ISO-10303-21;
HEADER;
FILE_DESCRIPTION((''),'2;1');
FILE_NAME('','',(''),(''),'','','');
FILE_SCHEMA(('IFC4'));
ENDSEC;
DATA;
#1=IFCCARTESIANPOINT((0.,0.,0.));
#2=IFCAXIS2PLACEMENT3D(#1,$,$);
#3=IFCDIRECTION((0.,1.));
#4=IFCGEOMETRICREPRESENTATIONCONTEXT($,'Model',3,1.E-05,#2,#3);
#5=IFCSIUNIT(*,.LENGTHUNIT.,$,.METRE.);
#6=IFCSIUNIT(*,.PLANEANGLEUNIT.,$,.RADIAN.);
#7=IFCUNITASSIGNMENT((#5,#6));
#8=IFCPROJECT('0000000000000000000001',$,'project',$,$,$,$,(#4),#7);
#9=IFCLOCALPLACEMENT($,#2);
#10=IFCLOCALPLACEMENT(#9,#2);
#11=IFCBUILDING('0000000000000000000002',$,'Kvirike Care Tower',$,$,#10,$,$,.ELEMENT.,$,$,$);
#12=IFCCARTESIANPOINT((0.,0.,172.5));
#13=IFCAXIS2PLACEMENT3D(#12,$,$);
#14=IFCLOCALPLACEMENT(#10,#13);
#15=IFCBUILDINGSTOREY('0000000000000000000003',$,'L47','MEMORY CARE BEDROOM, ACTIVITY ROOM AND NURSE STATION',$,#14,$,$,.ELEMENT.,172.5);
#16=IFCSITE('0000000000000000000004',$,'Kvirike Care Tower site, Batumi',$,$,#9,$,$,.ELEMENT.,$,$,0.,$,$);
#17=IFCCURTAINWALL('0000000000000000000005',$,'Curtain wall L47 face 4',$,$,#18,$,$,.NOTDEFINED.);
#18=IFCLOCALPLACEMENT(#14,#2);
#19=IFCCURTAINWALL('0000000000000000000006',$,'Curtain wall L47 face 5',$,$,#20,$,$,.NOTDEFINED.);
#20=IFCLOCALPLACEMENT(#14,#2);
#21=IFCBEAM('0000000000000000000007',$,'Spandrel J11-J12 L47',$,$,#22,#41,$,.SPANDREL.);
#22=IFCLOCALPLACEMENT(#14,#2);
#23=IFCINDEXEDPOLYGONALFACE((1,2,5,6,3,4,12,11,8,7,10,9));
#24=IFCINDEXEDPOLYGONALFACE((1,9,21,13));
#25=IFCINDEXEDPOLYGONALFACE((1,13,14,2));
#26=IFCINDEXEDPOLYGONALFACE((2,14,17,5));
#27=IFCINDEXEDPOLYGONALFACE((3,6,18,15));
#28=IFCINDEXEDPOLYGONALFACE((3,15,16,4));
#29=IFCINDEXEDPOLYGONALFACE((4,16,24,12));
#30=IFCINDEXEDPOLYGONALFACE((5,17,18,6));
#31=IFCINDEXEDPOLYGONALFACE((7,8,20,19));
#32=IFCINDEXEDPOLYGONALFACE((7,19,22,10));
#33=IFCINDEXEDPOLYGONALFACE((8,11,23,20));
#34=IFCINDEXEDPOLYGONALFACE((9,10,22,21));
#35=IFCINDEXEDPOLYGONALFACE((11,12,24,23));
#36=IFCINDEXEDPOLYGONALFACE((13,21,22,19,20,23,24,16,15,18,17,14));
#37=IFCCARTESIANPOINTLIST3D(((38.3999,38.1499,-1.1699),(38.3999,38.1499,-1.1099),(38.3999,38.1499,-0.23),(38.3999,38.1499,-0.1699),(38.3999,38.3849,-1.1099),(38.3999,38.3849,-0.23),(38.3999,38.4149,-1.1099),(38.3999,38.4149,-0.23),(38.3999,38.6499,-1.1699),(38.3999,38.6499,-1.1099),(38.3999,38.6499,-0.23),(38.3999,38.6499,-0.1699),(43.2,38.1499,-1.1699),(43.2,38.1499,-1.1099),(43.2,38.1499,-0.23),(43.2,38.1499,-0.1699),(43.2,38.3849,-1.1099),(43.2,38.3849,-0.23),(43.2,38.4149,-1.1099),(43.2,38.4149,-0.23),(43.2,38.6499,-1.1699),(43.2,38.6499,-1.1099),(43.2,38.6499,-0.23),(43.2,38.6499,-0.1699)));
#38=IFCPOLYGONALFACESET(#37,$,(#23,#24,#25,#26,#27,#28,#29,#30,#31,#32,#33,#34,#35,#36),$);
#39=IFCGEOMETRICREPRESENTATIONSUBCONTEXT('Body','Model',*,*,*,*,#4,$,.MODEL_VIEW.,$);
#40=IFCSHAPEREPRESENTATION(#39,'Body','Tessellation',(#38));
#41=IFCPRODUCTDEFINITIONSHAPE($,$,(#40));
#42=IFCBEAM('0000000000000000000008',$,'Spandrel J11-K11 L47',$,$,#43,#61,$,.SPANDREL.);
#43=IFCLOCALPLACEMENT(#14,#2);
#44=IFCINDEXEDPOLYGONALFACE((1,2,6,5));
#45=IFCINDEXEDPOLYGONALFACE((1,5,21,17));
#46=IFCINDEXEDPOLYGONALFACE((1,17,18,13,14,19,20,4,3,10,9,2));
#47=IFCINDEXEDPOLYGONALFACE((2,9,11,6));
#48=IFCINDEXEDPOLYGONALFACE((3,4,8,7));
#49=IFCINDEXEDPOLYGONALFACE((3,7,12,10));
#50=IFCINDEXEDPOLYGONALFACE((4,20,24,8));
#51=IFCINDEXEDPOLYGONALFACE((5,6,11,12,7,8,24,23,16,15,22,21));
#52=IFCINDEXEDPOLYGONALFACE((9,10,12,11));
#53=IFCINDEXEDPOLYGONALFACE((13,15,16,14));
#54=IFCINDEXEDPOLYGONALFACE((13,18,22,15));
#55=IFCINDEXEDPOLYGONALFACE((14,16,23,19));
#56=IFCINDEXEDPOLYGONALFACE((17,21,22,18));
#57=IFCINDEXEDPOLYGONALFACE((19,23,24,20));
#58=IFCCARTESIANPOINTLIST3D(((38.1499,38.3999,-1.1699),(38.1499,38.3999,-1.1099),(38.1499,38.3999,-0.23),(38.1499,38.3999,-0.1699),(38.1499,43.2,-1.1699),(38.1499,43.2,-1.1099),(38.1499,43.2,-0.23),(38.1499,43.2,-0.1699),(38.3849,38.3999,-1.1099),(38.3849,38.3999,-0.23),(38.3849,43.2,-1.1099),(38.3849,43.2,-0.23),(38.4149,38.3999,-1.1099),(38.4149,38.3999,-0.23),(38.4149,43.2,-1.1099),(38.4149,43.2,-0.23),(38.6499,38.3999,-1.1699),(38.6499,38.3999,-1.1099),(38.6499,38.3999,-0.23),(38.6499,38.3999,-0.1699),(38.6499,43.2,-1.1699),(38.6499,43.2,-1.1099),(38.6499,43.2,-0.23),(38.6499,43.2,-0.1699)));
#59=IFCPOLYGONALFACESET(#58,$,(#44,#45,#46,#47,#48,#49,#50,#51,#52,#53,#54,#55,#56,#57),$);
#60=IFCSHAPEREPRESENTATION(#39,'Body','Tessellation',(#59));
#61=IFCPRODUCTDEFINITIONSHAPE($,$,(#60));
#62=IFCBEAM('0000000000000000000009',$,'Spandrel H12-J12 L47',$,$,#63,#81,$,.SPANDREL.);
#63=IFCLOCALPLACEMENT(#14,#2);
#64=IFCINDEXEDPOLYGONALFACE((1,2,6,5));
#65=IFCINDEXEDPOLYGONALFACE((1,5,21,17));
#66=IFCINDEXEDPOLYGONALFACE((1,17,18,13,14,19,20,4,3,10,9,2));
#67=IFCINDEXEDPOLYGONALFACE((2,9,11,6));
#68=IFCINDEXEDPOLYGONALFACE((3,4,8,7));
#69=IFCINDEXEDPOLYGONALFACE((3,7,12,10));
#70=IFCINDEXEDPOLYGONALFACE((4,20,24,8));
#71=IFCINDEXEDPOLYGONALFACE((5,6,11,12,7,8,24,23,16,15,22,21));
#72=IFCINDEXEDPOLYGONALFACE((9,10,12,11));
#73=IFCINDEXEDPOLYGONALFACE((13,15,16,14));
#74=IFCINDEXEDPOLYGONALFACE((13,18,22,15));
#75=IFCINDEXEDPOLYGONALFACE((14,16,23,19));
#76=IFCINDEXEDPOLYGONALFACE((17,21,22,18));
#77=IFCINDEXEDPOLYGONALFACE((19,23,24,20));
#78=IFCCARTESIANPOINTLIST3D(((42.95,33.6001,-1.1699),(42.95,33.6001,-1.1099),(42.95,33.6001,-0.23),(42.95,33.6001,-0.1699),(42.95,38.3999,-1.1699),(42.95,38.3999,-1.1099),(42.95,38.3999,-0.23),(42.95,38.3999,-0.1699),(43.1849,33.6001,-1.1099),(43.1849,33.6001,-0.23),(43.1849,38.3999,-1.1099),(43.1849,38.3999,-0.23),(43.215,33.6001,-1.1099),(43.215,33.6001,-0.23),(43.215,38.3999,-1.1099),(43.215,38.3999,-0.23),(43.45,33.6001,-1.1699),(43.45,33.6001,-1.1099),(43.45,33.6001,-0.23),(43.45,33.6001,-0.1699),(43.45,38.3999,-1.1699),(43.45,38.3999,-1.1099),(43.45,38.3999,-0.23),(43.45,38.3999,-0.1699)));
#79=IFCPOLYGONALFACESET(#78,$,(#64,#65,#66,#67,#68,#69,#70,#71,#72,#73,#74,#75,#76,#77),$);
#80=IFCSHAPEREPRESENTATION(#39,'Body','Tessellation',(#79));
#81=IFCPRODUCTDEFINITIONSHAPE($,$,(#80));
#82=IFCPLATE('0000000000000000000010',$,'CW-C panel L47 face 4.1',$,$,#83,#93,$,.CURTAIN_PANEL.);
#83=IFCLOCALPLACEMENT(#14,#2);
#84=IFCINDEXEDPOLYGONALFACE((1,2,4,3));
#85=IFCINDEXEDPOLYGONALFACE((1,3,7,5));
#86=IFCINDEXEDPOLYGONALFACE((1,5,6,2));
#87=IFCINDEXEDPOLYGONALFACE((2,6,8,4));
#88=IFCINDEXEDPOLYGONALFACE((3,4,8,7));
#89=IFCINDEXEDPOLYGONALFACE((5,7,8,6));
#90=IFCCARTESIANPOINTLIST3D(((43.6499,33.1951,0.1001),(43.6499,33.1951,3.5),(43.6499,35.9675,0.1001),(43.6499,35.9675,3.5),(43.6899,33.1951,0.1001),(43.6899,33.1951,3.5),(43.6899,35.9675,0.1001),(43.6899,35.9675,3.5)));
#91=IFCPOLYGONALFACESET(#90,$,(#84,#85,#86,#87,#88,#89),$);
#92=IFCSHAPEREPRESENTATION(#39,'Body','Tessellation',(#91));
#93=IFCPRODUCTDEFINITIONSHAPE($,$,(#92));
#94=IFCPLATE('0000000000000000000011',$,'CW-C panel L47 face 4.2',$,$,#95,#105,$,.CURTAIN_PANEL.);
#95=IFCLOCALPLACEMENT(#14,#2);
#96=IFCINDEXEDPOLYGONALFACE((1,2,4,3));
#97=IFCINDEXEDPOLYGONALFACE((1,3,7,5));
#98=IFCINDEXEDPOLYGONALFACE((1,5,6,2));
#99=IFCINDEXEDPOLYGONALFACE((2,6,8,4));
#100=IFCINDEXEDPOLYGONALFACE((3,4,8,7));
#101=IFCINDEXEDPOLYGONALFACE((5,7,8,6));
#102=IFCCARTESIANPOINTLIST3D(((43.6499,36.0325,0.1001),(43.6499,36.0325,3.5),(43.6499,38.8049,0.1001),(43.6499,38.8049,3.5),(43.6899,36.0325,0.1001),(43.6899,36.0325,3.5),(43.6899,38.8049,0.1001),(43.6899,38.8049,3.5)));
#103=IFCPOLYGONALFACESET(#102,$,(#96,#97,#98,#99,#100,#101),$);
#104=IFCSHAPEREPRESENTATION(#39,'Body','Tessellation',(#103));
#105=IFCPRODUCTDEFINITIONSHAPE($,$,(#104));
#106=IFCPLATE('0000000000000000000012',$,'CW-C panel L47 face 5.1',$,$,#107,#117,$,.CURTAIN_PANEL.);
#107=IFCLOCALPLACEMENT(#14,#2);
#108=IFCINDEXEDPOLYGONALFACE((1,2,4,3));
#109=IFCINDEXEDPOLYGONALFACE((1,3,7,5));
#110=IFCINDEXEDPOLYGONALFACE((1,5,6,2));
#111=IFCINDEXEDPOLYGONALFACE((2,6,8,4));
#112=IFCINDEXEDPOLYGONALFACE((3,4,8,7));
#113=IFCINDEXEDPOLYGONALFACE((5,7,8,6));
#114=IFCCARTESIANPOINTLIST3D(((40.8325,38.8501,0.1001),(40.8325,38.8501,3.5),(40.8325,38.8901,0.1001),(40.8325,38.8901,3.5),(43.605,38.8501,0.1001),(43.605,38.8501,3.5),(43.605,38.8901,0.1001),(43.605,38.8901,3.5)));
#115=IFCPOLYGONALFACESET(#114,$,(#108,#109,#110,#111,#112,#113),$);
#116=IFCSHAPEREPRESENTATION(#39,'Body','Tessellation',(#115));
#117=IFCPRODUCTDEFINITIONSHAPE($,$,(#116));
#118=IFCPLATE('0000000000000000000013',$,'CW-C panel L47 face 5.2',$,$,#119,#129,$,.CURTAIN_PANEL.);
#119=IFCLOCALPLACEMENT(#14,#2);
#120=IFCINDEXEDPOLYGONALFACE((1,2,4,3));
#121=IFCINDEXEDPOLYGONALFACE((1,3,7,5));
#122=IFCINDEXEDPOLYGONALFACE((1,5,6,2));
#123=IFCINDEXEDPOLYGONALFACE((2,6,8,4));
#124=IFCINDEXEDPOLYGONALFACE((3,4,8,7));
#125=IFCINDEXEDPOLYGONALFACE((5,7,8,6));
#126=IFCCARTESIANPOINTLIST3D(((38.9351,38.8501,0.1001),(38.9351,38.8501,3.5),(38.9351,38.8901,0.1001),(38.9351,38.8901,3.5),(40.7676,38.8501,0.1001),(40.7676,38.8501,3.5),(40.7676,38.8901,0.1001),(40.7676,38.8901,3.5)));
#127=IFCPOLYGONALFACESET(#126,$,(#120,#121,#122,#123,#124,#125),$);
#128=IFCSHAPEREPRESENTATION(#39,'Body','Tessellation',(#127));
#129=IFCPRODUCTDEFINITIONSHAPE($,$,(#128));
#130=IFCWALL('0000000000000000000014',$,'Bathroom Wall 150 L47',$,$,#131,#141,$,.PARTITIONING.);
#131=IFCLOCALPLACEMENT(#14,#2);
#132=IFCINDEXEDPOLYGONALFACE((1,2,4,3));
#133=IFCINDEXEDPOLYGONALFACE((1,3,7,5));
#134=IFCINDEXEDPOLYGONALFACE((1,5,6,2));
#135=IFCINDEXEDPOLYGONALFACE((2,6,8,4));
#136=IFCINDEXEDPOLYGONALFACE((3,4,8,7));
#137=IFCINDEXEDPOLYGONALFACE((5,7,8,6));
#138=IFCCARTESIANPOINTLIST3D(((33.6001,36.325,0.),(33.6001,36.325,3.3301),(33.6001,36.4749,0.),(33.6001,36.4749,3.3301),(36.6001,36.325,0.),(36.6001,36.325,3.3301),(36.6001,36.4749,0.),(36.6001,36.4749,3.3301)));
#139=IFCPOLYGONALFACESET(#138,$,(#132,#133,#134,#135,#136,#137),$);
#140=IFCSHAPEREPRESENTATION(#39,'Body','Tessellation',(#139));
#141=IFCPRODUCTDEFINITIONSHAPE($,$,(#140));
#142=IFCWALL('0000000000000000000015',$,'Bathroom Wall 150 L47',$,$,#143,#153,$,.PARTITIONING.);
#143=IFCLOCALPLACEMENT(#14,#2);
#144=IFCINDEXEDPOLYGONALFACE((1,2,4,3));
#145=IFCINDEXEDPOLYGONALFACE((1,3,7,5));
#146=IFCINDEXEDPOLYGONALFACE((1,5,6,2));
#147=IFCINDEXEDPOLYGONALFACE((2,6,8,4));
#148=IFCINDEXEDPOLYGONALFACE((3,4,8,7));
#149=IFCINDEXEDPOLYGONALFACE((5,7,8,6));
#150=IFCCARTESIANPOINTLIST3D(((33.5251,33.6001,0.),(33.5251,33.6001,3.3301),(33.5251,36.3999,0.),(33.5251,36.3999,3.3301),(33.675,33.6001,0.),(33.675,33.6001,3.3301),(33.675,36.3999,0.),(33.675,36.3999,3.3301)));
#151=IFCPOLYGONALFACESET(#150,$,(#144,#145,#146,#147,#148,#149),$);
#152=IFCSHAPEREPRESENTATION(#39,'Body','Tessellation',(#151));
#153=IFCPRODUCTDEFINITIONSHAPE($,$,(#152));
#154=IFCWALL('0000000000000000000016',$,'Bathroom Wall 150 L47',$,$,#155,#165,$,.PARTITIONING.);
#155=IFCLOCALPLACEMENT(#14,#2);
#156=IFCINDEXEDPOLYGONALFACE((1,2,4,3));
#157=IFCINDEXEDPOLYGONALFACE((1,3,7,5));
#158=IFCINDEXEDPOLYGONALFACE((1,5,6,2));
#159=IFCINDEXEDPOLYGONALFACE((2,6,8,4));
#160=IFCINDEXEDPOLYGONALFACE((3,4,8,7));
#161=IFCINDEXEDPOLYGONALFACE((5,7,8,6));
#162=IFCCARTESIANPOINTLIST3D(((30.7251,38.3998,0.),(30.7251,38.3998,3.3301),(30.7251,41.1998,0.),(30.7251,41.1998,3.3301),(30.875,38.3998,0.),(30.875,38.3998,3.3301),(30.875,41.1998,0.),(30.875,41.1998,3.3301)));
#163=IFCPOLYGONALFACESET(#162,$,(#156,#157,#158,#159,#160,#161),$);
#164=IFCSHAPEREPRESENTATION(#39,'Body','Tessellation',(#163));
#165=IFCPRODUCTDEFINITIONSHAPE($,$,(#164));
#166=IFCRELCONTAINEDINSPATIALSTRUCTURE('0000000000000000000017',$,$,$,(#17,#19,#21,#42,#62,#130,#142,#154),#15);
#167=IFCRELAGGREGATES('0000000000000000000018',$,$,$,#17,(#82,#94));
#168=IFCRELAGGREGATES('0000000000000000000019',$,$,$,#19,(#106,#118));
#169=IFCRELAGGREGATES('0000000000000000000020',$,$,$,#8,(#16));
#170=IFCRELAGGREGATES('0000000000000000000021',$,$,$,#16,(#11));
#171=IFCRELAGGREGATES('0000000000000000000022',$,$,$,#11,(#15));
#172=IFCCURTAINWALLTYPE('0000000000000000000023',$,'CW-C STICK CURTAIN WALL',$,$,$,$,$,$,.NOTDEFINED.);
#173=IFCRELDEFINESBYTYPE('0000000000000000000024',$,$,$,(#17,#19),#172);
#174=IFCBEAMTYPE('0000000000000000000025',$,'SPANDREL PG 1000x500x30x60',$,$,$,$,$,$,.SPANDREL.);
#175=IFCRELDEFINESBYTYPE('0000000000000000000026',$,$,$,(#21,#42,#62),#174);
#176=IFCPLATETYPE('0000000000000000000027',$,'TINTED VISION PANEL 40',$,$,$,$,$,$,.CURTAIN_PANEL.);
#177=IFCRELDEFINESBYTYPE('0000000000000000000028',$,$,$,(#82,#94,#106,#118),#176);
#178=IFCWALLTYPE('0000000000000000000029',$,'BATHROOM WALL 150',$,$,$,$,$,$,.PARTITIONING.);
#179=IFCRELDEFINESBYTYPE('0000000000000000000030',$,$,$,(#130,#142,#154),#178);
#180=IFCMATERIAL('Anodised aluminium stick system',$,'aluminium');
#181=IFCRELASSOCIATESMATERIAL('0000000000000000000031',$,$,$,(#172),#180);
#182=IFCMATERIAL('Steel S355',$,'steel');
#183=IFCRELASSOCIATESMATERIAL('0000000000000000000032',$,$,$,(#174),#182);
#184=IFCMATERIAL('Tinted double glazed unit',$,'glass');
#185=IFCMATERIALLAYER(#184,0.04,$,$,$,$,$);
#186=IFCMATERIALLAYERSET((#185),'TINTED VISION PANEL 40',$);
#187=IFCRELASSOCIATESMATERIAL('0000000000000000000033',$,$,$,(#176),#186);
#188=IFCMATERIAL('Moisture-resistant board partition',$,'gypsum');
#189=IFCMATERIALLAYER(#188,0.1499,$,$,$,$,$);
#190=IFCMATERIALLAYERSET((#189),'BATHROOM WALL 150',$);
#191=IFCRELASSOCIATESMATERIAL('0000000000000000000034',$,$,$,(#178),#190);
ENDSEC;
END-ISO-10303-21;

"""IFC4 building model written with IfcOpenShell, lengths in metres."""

from ifc_helpers import new_model, si_unit, direction, frame, frame_2d, origin, origin_2d, place, context, subcontext, project, spatial, rectangle, i_section, extrude, material, layer, layer_set, material_profile, profile_set, type_object, element, aggregate, save


model = new_model("IFC4")

# Units and contexts
model_context = context("Model", 3, precision=1e-05, world=origin(), true_north=direction((0.0, 1.0)))
body_context = subcontext(model_context, "Body", "Model", "MODEL_VIEW")
ifc_project = project(units=[si_unit("LENGTHUNIT", "METRE"), si_unit("PLANEANGLEUNIT", "RADIAN")], contexts=[model_context])

# Site, building, storey
site_placement = place(None, origin())
site = spatial("IfcSite", under=ifc_project, at=site_placement, Name="Kvirike Care Tower site, Batumi", CompositionType="ELEMENT", RefElevation=0.0)
building_placement = place(site_placement, origin())
building = spatial("IfcBuilding", under=site, at=building_placement, Name="Kvirike Care Tower", CompositionType="ELEMENT")
storey_placement = place(building_placement, frame((0.0, 0.0, 172.5)))
storey = spatial("IfcBuildingStorey", under=building, at=storey_placement, Name="L47", Description="MEMORY CARE BEDROOM, ACTIVITY ROOM AND NURSE STATION", CompositionType="ELEMENT", Elevation=172.5)

# Curtain walls
ifc_material_1 = material(Name="Anodised aluminium stick system", Category="aluminium")
curtain_wall_type = type_object("IfcCurtainWallType", Name="CW-C STICK CURTAIN WALL", PredefinedType="NOTDEFINED", material=ifc_material_1)
curtain_wall_1_placement = place(storey_placement, origin())
curtain_wall_1 = element("IfcCurtainWall", 1, at=curtain_wall_1_placement, inside=storey, type_object=curtain_wall_type, Name="Curtain wall L47 face 4", PredefinedType="NOTDEFINED")
curtain_wall_2_placement = place(storey_placement, origin())
curtain_wall_2 = element("IfcCurtainWall", 2, at=curtain_wall_2_placement, inside=storey, type_object=curtain_wall_type, Name="Curtain wall L47 face 5", PredefinedType="NOTDEFINED")

# Beams
ifc_material_2 = material(Name="Steel S355", Category="steel")
ifc_material_profile_1 = material_profile(ifc_material_2, i_section(OverallWidth=0.5, OverallDepth=1.0, WebThickness=0.03, FlangeThickness=0.0601, at=origin_2d()), Name="PG 1000x500x30x60")
ifc_profile_set_1 = profile_set([ifc_material_profile_1], Name="Steel S355")
beam_type = type_object("IfcBeamType", Name="SPANDREL PG 1000x500x30x60", PredefinedType="SPANDREL", material=ifc_profile_set_1)
for number, where, z_axis, x_axis, name in (
    (3, (38.3999, 38.3999, -0.6699), (1.0, 0.0, 0.0), (0.0, 1.0, 0.0), "Spandrel J11-J12 L47"),
    (4, (38.3999, 38.3999, -0.6699), (0.0, 1.0, 0.0), (-1.0, 0.0, 0.0), "Spandrel J11-K11 L47"),
):
    element("IfcBeam", number, at=place(storey_placement, frame(where, z_axis=z_axis, x_axis=x_axis)), inside=storey, type_object=beam_type, Name=name, PredefinedType="SPANDREL", context=body_context, shape_type="SweptSolid", body=[
        extrude(i_section(OverallWidth=0.5, OverallDepth=1.0, WebThickness=0.03, FlangeThickness=0.0601, at=origin_2d()), origin(), (0.0, 0.0, 1.0), 4.8),
    ])
beam_placement = place(storey_placement, frame((43.2, 33.6001, -0.6699), z_axis=(0.0, 1.0, 0.0), x_axis=(-1.0, 0.0, 0.0)))
element("IfcBeam", 5, at=beam_placement, inside=storey, type_object=beam_type, Name="Spandrel H12-J12 L47", PredefinedType="SPANDREL", context=body_context, shape_type="SweptSolid", body=[
    extrude(i_section(OverallWidth=0.5, OverallDepth=1.0, WebThickness=0.03, FlangeThickness=0.0601, at=origin_2d()), origin(), (0.0, 0.0, 1.0), 4.7998),
])

# Plates
ifc_material_3 = material(Name="Tinted double glazed unit", Category="glass")
ifc_layer_1 = layer(ifc_material_3, 0.04)
ifc_layer_set_1 = layer_set([ifc_layer_1], Name="TINTED VISION PANEL 40")
plate_type = type_object("IfcPlateType", Name="TINTED VISION PANEL 40", PredefinedType="CURTAIN_PANEL", material=ifc_layer_set_1)
plate_1_placement = place(storey_placement, frame((43.6699, 34.5813, 0.1001), z_axis=(0.0, 0.0, 1.0), x_axis=(0.0, 1.0, 0.0)))
plate_1 = element("IfcPlate", 6, at=plate_1_placement, type_object=plate_type, Name="CW-C panel L47 face 4.1", PredefinedType="CURTAIN_PANEL", context=body_context, shape_type="SweptSolid", body=[
    extrude(rectangle(XDim=2.7725, YDim=0.04, at=origin_2d()), origin(), (0.0, 0.0, 1.0), 3.3999),
])
plate_2_placement = place(storey_placement, frame((43.6699, 37.4187, 0.1001), z_axis=(0.0, 0.0, 1.0), x_axis=(0.0, 1.0, 0.0)))
plate_2 = element("IfcPlate", 7, at=plate_2_placement, type_object=plate_type, Name="CW-C panel L47 face 4.2", PredefinedType="CURTAIN_PANEL", context=body_context, shape_type="SweptSolid", body=[
    extrude(rectangle(XDim=2.7725, YDim=0.04, at=origin_2d()), origin(), (0.0, 0.0, 1.0), 3.3999),
])
aggregate(curtain_wall_1, [plate_1, plate_2])
plate_3_placement = place(storey_placement, frame((42.2188, 38.8701, 0.1001), z_axis=(0.0, 0.0, 1.0), x_axis=(-1.0, 0.0, 0.0)))
plate_3 = element("IfcPlate", 8, at=plate_3_placement, type_object=plate_type, Name="CW-C panel L47 face 5.1", PredefinedType="CURTAIN_PANEL", context=body_context, shape_type="SweptSolid", body=[
    extrude(rectangle(XDim=2.7725, YDim=0.04, at=origin_2d()), origin(), (0.0, 0.0, 1.0), 3.3999),
])
plate_4_placement = place(storey_placement, frame((39.8513, 38.8701, 0.1001), z_axis=(0.0, 0.0, 1.0), x_axis=(-1.0, 0.0, 0.0)))
plate_4 = element("IfcPlate", 9, at=plate_4_placement, type_object=plate_type, Name="CW-C panel L47 face 5.2", PredefinedType="CURTAIN_PANEL", context=body_context, shape_type="SweptSolid", body=[
    extrude(rectangle(XDim=1.8325, YDim=0.04, at=origin_2d()), origin(), (0.0, 0.0, 1.0), 3.3999),
])
aggregate(curtain_wall_2, [plate_3, plate_4])

# Walls
ifc_material_4 = material(Name="Moisture-resistant board partition", Category="gypsum")
ifc_layer_2 = layer(ifc_material_4, 0.1499)
ifc_layer_set_2 = layer_set([ifc_layer_2], Name="BATHROOM WALL 150")
wall_type_1 = type_object("IfcWallType", Name="BATHROOM WALL 150", PredefinedType="PARTITIONING", material=ifc_layer_set_2)
wall_1_placement = place(storey_placement, frame((36.6001, 36.3999, 0.0), z_axis=(0.0, 0.0, 1.0), x_axis=(-1.0, 0.0, 0.0)))
element("IfcWall", 10, at=wall_1_placement, inside=storey, type_object=wall_type_1, Name="Bathroom Wall 150 L47", PredefinedType="PARTITIONING", context=body_context, shape_type="SweptSolid", body=[
    extrude(rectangle(XDim=3.0, YDim=0.1499, at=frame_2d((1.5, 0.0))), origin(), (0.0, 0.0, 1.0), 3.3301),
])
wall_2_placement = place(storey_placement, frame((33.6001, 33.6001, 0.0), z_axis=(0.0, 0.0, 1.0), x_axis=(0.0, 1.0, 0.0)))
element("IfcWall", 11, at=wall_2_placement, inside=storey, type_object=wall_type_1, Name="Bathroom Wall 150 L47", PredefinedType="PARTITIONING", context=body_context, shape_type="SweptSolid", body=[
    extrude(rectangle(XDim=2.7998, YDim=0.1499, at=frame_2d((1.3999, 0.0))), origin(), (0.0, 0.0, 1.0), 3.3301),
])
wall_3_placement = place(storey_placement, frame((30.8, 38.3999, 0.0), z_axis=(0.0, 0.0, 1.0), x_axis=(0.0, 1.0, 0.0)))
element("IfcWall", 12, at=wall_3_placement, inside=storey, type_object=wall_type_1, Name="Bathroom Wall 150 L47", PredefinedType="PARTITIONING", context=body_context, shape_type="SweptSolid", body=[
    extrude(rectangle(XDim=2.8, YDim=0.1499, at=frame_2d((1.3999, 0.0))), origin(), (0.0, 0.0, 1.0), 3.3301),
])

save(model, "model.ifc")
